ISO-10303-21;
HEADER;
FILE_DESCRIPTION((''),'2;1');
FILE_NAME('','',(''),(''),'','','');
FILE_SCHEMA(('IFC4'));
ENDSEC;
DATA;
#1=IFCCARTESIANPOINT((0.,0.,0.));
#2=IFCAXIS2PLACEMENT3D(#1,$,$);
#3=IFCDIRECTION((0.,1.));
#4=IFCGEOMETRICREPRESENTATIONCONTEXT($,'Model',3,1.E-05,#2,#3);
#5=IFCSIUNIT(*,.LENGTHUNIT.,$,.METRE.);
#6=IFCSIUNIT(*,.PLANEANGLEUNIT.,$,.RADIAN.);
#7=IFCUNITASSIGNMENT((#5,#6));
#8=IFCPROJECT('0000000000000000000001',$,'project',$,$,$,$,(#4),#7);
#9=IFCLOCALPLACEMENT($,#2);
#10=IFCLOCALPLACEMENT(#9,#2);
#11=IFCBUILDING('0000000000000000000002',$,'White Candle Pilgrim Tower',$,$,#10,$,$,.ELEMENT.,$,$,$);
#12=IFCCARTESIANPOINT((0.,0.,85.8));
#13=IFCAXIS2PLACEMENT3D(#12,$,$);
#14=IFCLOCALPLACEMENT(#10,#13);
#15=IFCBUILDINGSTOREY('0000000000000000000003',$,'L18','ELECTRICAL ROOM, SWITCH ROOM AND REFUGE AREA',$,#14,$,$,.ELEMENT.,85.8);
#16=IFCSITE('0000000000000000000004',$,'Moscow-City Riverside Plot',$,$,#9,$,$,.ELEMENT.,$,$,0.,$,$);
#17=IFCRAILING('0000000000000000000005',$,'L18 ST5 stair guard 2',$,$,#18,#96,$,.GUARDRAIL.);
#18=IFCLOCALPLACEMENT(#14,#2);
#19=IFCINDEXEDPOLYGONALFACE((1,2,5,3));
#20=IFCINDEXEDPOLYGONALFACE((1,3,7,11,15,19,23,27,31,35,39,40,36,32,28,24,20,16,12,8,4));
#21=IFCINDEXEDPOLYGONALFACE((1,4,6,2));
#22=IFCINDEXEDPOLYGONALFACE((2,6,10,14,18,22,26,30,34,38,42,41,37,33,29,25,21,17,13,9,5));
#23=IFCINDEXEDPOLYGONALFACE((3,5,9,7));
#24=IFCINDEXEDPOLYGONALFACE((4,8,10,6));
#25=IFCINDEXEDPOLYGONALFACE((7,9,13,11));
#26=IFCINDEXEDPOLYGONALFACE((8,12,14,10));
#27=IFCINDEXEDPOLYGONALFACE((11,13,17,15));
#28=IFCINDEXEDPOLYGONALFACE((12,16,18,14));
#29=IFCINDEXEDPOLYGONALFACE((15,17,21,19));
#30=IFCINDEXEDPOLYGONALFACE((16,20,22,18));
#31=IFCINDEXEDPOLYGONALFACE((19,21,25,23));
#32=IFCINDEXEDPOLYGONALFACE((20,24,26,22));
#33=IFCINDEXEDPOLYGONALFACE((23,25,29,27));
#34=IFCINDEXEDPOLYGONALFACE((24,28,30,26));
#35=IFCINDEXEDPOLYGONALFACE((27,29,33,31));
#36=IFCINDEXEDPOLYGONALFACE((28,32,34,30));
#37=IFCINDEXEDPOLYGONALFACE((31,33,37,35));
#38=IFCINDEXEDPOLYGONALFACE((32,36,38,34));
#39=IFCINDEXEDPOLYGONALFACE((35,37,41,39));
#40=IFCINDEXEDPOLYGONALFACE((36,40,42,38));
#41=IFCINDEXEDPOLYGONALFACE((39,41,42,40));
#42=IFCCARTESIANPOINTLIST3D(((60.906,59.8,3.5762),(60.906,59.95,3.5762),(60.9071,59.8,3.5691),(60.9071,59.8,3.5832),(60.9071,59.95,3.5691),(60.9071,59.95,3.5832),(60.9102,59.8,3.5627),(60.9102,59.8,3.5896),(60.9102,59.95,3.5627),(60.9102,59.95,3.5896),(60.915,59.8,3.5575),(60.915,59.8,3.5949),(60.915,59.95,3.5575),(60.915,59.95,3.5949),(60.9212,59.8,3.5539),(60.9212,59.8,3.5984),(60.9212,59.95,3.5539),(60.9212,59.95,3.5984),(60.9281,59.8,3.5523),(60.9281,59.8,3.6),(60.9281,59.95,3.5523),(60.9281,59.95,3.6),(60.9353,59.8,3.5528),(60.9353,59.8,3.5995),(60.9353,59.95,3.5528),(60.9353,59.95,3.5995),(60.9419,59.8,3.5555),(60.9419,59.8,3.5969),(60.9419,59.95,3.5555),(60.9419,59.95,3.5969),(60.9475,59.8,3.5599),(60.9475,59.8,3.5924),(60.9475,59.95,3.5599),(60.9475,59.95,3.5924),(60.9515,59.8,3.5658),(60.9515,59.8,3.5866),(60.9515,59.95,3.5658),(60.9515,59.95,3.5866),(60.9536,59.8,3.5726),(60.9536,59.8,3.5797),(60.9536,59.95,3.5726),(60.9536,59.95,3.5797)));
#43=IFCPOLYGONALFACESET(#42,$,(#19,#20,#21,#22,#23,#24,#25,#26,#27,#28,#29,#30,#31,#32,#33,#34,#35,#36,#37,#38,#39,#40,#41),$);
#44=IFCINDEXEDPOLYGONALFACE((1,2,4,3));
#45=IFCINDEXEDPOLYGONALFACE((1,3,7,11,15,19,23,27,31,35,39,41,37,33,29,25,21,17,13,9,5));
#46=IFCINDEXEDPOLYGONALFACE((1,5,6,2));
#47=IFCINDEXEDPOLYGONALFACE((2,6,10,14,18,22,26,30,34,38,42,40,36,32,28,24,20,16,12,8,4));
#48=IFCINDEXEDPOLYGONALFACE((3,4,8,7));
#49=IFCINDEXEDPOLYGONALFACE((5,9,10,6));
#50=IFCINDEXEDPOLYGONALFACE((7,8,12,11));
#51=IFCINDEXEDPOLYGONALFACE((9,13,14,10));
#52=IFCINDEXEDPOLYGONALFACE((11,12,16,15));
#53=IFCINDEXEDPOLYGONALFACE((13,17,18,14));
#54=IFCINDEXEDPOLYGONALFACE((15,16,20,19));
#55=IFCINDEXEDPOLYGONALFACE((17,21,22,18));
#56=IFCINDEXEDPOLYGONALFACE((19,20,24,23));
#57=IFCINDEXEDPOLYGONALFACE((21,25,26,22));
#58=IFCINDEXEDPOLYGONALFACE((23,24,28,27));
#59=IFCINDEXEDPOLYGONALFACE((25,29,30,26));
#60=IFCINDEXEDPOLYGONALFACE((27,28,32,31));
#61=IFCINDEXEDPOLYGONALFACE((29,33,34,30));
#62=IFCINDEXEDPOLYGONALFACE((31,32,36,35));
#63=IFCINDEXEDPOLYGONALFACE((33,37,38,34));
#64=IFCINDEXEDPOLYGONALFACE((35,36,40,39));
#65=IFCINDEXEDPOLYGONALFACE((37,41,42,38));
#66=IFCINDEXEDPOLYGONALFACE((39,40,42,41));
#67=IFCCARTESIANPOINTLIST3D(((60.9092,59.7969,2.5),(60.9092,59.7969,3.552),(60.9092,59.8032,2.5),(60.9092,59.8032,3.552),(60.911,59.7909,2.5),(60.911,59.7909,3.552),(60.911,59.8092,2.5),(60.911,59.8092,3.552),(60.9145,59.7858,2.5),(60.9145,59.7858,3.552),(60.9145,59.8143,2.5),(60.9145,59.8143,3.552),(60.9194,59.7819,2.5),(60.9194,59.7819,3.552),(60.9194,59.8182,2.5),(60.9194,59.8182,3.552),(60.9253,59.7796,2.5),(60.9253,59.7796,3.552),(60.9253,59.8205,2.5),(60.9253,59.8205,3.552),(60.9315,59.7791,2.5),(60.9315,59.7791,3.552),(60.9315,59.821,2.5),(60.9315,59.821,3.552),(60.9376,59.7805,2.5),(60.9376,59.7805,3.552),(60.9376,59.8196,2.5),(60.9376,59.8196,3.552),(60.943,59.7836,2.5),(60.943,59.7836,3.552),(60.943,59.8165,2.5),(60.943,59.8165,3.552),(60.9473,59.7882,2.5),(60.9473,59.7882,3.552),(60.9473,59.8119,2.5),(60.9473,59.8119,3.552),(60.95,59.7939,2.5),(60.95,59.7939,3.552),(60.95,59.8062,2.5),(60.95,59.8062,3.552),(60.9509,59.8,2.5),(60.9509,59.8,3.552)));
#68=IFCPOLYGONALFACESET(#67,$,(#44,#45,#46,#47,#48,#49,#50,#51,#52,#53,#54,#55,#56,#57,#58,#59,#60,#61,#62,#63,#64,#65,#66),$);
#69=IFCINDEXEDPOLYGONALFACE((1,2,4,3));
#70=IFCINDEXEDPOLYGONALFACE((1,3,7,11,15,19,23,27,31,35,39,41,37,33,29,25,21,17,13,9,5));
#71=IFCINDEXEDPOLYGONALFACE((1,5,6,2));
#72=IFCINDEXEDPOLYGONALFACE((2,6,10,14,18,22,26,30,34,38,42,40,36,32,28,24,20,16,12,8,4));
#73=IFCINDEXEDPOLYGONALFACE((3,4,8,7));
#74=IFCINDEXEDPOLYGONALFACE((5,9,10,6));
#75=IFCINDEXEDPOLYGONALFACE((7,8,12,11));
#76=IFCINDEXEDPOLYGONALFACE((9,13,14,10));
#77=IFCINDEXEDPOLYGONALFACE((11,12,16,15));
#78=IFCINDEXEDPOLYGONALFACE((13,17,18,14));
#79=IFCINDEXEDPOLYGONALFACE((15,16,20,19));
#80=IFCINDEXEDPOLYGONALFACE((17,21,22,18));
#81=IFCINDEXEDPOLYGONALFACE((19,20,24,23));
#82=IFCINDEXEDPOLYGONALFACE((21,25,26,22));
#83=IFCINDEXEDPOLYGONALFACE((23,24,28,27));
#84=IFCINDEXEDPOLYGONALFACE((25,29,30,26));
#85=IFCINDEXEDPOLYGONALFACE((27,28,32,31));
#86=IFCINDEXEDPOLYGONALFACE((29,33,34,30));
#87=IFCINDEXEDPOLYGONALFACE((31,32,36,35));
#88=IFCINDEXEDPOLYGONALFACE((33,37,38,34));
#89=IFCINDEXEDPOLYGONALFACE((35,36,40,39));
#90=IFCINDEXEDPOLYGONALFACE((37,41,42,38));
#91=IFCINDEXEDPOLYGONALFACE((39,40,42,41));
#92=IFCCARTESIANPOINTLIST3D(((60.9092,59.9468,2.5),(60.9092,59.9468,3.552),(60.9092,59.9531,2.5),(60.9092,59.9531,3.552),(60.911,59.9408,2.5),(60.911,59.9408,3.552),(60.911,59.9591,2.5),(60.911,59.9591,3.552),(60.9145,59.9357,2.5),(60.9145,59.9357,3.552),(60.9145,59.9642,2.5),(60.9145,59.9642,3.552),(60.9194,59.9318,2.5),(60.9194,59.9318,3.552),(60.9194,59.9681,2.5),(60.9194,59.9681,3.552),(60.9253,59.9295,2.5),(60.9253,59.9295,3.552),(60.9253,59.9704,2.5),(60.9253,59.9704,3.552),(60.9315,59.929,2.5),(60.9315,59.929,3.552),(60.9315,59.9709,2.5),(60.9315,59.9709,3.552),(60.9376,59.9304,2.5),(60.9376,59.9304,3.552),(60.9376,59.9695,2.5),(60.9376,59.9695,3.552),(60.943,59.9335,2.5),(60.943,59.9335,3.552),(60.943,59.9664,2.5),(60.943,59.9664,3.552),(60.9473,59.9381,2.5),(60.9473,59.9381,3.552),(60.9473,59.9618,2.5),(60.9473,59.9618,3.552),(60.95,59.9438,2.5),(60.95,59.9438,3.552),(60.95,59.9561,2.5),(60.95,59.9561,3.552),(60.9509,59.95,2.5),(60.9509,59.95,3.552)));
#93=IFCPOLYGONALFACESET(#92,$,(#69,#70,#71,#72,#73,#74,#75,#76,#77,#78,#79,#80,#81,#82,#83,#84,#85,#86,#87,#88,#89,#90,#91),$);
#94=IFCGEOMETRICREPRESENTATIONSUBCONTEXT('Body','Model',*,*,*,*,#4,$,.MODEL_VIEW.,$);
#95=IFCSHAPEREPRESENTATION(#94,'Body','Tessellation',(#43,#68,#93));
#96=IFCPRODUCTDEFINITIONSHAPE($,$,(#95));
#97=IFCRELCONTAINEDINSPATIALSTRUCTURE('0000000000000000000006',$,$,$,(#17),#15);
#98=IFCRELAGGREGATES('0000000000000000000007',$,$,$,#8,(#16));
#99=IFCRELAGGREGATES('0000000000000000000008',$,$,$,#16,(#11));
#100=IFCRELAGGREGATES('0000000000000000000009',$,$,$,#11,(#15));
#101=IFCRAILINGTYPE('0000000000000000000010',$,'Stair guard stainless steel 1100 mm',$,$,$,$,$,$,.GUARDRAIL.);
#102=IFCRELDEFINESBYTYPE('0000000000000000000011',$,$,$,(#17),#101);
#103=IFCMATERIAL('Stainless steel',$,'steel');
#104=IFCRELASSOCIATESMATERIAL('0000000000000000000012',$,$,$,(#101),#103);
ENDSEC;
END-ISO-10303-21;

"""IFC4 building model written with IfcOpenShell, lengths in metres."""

from ifc_helpers import new_model, si_unit, direction, frame, origin, origin_2d, place, context, subcontext, project, spatial, circle, extrude, material, type_object, element, save


model = new_model("IFC4")

# Units and contexts
model_context = context("Model", 3, precision=1e-05, world=origin(), true_north=direction((0.0, 1.0)))
body_context = subcontext(model_context, "Body", "Model", "MODEL_VIEW")
ifc_project = project(units=[si_unit("LENGTHUNIT", "METRE"), si_unit("PLANEANGLEUNIT", "RADIAN")], contexts=[model_context])

# Site, building, storey
site_placement = place(None, origin())
site = spatial("IfcSite", under=ifc_project, at=site_placement, Name="Moscow-City Riverside Plot", CompositionType="ELEMENT", RefElevation=0.0)
building_placement = place(site_placement, origin())
building = spatial("IfcBuilding", under=site, at=building_placement, Name="White Candle Pilgrim Tower", CompositionType="ELEMENT")
storey_placement = place(building_placement, frame((0.0, 0.0, 85.8)))
storey = spatial("IfcBuildingStorey", under=building, at=storey_placement, Name="L18", Description="ELECTRICAL ROOM, SWITCH ROOM AND REFUGE AREA", CompositionType="ELEMENT", Elevation=85.8)

# Railing
ifc_material_1 = material(Name="Stainless steel", Category="steel")
railing_type_1 = type_object("IfcRailingType", Name="Stair guard stainless steel 1100 mm", PredefinedType="GUARDRAIL", material=ifc_material_1)
railing_1_placement = place(storey_placement, frame((60.9299, 59.8, 2.5)))
element("IfcRailing", 1, at=railing_1_placement, inside=storey, type_object=railing_type_1, Name="L18 ST5 stair guard 2", PredefinedType="GUARDRAIL", context=body_context, shape_type="SweptSolid", body=[
    extrude(circle(Radius=0.0239, at=origin_2d()), frame((0.0, 0.0, 1.0762), z_axis=(0.0, 1.0, 0.0), x_axis=(-1.0, 0.0, 0.0)), (0.0, 0.0, 1.0), 0.1499),
    extrude(circle(Radius=0.021, at=origin_2d()), origin(), (0.0, 0.0, 1.0), 1.052),
    extrude(circle(Radius=0.021, at=origin_2d()), frame((0.0, 0.1499, 0.0)), (0.0, 0.0, 1.0), 1.052),
])

save(model, "model.ifc")
